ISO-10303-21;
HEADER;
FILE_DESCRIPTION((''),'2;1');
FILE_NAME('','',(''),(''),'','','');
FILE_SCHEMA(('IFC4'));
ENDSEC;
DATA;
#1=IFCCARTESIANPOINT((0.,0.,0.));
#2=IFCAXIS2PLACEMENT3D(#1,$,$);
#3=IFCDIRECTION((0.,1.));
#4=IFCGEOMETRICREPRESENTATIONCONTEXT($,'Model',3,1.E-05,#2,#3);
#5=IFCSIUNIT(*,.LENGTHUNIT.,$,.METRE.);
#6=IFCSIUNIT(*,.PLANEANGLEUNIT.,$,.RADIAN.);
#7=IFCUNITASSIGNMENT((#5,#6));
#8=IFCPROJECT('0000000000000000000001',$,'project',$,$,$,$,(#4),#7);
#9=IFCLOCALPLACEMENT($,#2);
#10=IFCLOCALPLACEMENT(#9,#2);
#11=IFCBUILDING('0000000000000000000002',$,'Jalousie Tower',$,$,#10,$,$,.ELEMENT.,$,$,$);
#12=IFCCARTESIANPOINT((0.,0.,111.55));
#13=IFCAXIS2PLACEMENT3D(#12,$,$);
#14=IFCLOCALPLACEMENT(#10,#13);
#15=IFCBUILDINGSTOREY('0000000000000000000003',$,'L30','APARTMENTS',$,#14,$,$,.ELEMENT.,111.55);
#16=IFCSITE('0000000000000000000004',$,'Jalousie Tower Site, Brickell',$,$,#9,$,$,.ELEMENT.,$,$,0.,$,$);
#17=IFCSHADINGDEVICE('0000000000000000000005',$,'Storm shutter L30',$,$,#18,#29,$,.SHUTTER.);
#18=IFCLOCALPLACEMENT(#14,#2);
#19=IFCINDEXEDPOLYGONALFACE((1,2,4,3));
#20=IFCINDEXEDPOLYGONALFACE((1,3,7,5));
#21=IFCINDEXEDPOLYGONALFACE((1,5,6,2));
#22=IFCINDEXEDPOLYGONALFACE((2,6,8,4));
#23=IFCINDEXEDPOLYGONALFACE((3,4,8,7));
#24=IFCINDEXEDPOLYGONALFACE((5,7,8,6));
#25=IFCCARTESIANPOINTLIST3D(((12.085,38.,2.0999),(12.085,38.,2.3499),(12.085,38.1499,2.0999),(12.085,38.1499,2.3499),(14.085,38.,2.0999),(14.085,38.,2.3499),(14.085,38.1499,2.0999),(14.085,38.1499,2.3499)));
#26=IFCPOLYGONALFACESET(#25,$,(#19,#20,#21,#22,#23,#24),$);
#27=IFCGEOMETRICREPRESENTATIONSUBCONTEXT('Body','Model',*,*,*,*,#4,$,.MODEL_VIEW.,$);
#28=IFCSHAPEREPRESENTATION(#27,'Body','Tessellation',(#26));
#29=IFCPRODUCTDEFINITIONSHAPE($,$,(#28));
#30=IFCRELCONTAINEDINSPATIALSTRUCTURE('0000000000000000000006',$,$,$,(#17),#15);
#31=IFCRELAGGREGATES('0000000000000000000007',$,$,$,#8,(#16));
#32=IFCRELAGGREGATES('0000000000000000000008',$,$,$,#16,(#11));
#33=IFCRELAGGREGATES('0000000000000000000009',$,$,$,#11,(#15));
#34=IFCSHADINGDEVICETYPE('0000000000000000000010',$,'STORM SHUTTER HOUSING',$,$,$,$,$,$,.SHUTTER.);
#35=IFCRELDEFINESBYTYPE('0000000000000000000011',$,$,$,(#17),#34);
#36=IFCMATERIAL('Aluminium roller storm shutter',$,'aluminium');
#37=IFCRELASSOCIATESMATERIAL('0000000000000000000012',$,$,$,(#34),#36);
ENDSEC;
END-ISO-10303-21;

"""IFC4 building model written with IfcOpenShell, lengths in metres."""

from ifc_helpers import new_model, si_unit, direction, frame, origin, origin_2d, place, context, subcontext, project, spatial, rectangle, extrude, material, type_object, element, save


model = new_model("IFC4")

# Units and contexts
model_context = context("Model", 3, precision=1e-05, world=origin(), true_north=direction((0.0, 1.0)))
body_context = subcontext(model_context, "Body", "Model", "MODEL_VIEW")
ifc_project = project(units=[si_unit("LENGTHUNIT", "METRE"), si_unit("PLANEANGLEUNIT", "RADIAN")], contexts=[model_context])

# Site, building, storey
site_placement = place(None, origin())
site = spatial("IfcSite", under=ifc_project, at=site_placement, Name="Jalousie Tower Site, Brickell", CompositionType="ELEMENT", RefElevation=0.0)
building_placement = place(site_placement, origin())
building = spatial("IfcBuilding", under=site, at=building_placement, Name="Jalousie Tower", CompositionType="ELEMENT")
storey_placement = place(building_placement, frame((0.0, 0.0, 111.55)))
storey = spatial("IfcBuildingStorey", under=building, at=storey_placement, Name="L30", Description="APARTMENTS", CompositionType="ELEMENT", Elevation=111.55)

# Shading device
ifc_material_1 = material(Name="Aluminium roller storm shutter", Category="aluminium")
shading_device_type = type_object("IfcShadingDeviceType", Name="STORM SHUTTER HOUSING", PredefinedType="SHUTTER", material=ifc_material_1)
for number, where, z_axis, x_axis, name in (
    (1, (13.085, 38.075, 2.0999), (0.0, 0.0, 1.0), (-1.0, 0.0, 0.0), "Storm shutter L30"),
):
    element("IfcShadingDevice", number, at=place(storey_placement, frame(where, z_axis=z_axis, x_axis=x_axis)), inside=storey, type_object=shading_device_type, Name=name, PredefinedType="SHUTTER", context=body_context, shape_type="SweptSolid", body=[
        extrude(rectangle(XDim=2.0, YDim=0.1499, at=origin_2d()), origin(), (0.0, 0.0, 1.0), 0.25),
    ])

save(model, "model.ifc")
